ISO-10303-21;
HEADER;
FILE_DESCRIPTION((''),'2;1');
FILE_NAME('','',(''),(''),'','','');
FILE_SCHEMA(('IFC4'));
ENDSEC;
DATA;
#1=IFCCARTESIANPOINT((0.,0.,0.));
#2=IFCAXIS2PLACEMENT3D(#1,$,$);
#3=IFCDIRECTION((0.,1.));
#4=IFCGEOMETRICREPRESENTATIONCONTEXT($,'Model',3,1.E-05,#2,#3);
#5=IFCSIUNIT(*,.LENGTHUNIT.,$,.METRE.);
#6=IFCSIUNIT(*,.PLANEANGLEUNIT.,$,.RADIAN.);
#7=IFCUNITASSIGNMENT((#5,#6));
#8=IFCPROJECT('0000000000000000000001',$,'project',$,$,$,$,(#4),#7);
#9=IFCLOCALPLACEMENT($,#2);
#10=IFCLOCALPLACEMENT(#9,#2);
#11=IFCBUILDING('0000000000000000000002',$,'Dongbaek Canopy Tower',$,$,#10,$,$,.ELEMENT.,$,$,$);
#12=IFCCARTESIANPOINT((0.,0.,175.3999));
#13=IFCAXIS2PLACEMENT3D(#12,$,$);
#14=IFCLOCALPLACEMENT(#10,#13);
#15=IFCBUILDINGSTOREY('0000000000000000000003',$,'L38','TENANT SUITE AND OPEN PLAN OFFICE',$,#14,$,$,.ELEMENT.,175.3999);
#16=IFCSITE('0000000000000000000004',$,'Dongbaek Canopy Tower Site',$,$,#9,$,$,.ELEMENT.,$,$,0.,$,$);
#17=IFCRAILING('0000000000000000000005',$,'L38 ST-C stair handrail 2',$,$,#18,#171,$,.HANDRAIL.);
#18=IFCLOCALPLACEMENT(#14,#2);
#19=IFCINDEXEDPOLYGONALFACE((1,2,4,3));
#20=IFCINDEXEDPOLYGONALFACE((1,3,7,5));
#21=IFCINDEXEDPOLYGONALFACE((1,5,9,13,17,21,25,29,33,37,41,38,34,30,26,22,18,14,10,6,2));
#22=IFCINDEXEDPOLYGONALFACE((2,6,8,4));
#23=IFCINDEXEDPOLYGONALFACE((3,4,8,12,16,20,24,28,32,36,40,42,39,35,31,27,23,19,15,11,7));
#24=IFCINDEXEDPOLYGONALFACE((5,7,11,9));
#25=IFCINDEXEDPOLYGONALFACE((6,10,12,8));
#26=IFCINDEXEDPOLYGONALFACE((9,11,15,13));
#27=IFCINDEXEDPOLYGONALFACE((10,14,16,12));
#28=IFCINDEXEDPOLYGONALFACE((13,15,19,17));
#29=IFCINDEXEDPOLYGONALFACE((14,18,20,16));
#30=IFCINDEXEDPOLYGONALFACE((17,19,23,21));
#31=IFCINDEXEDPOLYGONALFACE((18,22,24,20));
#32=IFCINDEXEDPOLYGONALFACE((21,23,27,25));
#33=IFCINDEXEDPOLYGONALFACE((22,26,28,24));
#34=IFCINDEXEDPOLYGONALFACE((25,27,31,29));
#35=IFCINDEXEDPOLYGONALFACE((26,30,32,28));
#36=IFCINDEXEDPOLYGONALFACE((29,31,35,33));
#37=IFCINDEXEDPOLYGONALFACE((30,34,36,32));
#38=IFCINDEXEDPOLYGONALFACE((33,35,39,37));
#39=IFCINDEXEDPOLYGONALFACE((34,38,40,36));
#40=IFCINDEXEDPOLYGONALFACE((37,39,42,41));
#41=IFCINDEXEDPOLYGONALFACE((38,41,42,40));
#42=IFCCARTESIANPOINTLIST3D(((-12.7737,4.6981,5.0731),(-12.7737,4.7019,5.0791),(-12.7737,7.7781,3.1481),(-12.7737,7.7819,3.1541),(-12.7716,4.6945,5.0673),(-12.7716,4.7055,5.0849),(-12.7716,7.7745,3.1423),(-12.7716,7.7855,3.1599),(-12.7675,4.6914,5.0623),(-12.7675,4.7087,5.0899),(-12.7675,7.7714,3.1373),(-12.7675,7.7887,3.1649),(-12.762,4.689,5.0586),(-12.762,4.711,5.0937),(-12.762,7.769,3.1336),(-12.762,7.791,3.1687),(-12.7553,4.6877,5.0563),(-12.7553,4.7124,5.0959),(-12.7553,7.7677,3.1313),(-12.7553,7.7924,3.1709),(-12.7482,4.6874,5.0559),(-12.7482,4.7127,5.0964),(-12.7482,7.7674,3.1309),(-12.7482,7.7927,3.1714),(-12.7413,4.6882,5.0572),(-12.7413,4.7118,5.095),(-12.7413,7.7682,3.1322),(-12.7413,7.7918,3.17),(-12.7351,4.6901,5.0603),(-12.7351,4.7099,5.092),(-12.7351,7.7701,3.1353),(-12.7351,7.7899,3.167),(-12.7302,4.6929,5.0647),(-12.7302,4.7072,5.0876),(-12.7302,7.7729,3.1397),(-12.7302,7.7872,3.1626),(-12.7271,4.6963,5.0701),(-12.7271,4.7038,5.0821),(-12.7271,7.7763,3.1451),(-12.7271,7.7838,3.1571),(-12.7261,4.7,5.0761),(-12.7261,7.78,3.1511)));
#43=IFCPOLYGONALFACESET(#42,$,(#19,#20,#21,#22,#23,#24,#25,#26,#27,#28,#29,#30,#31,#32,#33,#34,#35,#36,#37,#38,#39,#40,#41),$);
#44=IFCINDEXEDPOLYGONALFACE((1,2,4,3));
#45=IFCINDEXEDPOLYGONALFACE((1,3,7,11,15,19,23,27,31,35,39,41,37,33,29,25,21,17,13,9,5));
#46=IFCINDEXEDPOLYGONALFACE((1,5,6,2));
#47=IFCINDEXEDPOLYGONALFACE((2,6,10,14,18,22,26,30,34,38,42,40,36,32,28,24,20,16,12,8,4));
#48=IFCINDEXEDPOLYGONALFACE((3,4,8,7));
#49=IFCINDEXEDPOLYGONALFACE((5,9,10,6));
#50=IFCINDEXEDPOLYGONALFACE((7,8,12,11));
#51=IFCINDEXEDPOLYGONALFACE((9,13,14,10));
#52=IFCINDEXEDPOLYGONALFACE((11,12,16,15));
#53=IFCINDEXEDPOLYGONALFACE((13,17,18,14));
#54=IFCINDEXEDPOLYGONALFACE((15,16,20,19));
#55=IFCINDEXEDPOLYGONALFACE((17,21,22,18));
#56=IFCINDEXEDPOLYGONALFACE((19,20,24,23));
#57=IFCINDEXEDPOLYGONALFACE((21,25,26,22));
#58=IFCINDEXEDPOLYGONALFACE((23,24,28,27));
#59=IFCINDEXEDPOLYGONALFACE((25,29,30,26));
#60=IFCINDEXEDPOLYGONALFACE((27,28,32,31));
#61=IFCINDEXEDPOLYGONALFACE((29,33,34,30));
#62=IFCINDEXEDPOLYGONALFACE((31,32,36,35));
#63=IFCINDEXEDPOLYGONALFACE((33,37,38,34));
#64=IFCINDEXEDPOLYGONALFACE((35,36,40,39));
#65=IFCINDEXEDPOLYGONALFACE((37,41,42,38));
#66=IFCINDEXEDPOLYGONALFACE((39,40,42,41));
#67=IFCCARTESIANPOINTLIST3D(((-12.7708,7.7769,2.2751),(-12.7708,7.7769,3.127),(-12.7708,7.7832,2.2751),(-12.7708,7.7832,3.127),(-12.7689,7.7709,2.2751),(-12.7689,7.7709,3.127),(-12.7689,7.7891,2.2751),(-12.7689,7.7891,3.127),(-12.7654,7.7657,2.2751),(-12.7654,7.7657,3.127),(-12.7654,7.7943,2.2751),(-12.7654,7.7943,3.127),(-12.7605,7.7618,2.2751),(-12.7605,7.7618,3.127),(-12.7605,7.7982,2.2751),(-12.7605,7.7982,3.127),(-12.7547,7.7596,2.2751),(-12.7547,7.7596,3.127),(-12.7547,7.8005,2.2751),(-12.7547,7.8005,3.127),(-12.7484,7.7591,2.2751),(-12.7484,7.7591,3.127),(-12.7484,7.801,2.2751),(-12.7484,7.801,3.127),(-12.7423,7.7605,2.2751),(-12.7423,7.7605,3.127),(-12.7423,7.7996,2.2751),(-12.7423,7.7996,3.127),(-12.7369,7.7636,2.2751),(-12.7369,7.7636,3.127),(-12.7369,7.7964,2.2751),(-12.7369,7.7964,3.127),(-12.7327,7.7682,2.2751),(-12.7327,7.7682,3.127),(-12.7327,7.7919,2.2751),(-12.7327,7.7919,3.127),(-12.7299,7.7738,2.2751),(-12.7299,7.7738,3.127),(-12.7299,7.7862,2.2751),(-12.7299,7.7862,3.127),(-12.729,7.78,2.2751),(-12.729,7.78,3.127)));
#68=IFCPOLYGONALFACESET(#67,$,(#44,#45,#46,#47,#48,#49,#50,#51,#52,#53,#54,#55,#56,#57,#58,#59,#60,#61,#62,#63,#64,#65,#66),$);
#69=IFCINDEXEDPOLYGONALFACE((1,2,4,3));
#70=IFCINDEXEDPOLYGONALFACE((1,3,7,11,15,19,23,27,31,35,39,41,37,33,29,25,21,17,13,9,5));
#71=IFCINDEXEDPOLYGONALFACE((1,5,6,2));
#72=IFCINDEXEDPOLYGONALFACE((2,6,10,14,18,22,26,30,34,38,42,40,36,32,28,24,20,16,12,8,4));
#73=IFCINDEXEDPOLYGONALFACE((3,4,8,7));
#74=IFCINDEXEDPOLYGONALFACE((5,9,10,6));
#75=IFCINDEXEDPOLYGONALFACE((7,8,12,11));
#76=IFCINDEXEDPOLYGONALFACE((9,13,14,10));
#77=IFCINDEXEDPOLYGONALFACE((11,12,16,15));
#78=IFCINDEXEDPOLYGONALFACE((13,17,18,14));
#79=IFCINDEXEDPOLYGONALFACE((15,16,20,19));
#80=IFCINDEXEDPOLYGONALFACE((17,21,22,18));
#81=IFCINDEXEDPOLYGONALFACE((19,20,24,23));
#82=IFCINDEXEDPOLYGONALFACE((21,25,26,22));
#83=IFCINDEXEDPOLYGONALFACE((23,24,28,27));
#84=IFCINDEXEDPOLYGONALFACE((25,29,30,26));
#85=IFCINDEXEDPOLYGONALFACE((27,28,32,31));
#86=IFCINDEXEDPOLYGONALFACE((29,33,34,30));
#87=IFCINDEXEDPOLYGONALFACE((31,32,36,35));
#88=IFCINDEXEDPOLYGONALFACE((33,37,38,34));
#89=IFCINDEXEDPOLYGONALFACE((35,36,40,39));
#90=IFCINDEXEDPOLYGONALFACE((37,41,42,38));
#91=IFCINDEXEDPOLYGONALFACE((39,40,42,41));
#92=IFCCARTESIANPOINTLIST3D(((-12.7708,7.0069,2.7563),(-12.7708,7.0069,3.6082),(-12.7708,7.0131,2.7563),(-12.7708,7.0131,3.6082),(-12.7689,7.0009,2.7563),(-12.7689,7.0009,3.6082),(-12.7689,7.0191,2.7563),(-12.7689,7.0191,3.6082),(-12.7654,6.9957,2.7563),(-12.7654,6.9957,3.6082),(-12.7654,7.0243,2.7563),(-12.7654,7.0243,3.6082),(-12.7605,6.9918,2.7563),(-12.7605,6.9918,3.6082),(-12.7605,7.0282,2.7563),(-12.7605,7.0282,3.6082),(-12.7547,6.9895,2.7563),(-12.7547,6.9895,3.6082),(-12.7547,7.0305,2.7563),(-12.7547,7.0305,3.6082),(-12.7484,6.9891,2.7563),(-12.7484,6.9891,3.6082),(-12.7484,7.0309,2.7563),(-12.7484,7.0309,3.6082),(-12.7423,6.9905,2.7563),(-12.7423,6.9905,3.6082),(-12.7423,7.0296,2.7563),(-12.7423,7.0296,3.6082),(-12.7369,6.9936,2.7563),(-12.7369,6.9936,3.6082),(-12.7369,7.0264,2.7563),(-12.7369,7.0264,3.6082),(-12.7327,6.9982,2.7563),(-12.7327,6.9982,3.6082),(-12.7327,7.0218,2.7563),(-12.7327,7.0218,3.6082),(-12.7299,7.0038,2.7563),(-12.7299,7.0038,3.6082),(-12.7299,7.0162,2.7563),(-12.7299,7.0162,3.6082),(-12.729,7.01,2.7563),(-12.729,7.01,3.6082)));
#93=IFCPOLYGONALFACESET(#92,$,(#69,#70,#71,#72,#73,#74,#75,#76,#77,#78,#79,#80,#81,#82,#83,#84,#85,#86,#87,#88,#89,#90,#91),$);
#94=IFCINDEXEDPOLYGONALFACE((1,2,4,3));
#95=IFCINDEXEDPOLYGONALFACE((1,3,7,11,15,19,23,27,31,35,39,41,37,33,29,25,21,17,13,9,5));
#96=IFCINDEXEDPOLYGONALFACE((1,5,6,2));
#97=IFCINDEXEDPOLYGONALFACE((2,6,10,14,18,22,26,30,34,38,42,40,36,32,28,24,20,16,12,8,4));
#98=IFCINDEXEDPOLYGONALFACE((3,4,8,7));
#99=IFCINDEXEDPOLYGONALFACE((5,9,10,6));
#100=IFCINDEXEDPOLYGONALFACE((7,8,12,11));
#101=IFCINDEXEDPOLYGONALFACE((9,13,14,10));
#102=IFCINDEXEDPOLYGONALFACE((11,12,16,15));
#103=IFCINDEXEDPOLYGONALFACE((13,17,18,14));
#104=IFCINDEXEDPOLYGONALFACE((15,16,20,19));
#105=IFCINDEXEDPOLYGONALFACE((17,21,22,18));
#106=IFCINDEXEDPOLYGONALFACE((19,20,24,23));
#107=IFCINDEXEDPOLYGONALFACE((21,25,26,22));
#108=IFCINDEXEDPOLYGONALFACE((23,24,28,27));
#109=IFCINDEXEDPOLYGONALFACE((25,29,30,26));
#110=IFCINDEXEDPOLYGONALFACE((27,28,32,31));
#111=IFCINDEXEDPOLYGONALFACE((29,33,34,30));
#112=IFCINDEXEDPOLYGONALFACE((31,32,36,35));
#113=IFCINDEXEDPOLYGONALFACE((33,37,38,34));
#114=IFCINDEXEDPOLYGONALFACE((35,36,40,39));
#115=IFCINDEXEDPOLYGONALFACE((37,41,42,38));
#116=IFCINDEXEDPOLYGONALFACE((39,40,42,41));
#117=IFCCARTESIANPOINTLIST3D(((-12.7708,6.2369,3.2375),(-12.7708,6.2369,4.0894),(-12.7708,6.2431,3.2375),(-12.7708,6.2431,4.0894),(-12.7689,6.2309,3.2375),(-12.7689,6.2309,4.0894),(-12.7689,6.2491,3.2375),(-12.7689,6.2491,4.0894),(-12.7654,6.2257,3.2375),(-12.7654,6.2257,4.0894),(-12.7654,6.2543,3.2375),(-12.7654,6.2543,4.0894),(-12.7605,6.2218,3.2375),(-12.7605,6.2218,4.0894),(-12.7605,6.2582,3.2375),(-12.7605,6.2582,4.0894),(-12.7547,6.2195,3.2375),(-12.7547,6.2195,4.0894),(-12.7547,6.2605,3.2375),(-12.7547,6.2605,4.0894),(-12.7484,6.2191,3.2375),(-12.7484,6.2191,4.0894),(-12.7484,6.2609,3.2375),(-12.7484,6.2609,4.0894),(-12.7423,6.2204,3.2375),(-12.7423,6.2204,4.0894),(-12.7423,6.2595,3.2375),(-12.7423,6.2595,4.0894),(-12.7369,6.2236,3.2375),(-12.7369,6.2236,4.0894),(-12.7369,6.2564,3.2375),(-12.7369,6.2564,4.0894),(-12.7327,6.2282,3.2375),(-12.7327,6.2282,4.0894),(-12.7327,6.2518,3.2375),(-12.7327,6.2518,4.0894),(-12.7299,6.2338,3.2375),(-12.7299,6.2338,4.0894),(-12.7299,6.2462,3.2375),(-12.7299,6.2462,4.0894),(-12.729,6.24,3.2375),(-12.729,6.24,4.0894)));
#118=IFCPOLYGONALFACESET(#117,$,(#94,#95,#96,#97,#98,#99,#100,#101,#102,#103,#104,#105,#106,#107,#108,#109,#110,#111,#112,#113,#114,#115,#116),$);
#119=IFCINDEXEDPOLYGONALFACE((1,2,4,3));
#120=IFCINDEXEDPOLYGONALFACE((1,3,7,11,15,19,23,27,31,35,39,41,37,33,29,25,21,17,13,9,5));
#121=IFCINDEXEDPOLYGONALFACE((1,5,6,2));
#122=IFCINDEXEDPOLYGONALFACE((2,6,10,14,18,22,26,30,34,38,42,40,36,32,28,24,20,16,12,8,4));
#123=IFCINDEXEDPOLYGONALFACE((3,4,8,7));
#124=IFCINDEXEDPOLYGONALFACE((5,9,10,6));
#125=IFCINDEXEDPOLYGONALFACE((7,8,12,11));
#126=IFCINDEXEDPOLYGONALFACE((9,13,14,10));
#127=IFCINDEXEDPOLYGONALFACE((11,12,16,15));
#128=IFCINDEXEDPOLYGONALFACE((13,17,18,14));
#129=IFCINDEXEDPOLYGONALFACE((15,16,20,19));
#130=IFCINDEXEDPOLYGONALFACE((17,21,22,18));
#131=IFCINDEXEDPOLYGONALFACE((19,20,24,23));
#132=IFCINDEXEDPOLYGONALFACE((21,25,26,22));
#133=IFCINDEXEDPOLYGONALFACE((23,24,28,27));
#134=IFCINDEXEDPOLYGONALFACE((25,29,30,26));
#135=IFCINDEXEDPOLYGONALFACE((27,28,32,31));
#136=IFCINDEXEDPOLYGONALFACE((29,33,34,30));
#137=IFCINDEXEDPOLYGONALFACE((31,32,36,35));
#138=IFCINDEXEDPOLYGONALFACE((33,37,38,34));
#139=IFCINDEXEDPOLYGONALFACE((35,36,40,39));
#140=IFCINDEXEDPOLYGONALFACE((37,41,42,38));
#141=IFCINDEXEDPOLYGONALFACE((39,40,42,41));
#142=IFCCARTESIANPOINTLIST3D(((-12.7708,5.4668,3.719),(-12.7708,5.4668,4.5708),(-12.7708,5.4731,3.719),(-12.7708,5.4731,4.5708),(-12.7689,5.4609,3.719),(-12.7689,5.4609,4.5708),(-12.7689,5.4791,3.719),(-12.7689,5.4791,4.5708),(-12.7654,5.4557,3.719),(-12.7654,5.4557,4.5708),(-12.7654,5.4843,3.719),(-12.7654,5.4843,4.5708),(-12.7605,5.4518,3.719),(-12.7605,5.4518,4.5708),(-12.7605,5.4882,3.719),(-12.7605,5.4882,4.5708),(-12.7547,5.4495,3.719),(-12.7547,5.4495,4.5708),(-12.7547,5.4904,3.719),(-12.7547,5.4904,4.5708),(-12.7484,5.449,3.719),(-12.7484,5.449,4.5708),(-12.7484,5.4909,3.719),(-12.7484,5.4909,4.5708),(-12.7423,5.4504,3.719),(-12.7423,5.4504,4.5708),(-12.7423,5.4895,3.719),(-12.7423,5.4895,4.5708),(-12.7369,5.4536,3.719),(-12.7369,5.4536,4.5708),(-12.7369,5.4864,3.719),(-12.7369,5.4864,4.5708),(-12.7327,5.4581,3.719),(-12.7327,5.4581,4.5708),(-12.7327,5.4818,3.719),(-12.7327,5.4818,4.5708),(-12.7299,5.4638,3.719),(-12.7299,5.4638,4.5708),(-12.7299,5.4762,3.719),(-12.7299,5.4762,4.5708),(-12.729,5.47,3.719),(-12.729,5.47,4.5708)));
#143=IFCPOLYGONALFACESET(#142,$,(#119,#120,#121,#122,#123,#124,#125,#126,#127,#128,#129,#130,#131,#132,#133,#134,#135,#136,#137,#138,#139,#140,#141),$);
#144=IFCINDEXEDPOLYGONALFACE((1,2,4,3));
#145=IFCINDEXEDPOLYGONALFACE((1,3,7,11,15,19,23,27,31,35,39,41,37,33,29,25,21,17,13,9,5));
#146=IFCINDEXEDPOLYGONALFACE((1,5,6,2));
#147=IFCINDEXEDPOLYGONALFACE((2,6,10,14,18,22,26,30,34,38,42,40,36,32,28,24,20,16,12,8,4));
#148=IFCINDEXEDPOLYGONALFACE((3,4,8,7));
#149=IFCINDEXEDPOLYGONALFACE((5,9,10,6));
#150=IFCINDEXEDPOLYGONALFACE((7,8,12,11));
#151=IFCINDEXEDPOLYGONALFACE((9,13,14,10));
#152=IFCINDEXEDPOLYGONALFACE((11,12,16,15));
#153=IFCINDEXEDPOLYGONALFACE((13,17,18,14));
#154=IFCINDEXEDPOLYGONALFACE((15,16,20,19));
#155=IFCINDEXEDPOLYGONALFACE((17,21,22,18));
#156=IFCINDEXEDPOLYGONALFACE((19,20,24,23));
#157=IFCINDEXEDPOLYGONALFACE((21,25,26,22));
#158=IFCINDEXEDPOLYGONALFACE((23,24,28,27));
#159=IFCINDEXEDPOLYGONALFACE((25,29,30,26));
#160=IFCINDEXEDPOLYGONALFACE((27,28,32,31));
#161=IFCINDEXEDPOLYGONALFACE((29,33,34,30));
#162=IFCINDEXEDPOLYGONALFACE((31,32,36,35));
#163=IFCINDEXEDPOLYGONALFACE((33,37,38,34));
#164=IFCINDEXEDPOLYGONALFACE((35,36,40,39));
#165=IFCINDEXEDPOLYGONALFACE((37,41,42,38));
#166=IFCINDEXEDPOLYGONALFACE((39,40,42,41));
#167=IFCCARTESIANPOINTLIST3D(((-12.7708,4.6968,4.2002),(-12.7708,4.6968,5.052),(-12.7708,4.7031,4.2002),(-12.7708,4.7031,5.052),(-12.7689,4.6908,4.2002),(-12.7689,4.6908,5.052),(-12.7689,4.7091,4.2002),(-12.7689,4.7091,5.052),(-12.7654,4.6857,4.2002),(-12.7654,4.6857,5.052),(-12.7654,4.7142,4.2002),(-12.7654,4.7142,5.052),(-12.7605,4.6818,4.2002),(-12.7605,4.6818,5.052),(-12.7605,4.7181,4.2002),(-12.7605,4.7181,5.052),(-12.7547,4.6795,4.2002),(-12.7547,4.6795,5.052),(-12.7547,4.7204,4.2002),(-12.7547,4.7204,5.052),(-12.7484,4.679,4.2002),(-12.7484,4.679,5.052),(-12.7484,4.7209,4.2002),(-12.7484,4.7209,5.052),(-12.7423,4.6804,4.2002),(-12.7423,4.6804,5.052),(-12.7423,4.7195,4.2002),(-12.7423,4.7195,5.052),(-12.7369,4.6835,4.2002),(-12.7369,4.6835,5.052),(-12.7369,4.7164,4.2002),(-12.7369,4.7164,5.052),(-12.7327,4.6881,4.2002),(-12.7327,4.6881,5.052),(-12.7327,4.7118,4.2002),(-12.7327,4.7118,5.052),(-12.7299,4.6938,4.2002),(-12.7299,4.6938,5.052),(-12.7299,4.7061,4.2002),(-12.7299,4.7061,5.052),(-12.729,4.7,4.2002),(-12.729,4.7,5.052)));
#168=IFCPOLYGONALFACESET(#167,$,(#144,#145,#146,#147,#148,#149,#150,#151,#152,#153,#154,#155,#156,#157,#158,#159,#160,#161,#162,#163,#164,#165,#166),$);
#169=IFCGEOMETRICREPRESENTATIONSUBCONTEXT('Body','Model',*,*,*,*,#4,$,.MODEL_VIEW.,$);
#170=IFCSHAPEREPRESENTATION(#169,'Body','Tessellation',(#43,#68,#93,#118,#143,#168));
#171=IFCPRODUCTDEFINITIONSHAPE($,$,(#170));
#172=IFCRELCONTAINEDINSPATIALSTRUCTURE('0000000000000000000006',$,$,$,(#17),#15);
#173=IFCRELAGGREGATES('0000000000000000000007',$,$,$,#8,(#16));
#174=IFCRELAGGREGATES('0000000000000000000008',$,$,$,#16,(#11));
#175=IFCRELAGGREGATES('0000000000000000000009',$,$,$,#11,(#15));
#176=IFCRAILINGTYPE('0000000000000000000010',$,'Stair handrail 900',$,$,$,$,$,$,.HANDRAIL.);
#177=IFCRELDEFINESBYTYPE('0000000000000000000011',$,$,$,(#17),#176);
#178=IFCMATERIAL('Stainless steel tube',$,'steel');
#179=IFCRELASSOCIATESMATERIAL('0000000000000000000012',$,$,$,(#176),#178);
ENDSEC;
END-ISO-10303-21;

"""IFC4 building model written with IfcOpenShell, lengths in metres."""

from ifc_helpers import new_model, si_unit, direction, frame, origin, origin_2d, place, context, subcontext, project, spatial, circle, extrude, material, type_object, element, save


model = new_model("IFC4")

# Units and contexts
model_context = context("Model", 3, precision=1e-05, world=origin(), true_north=direction((0.0, 1.0)))
body_context = subcontext(model_context, "Body", "Model", "MODEL_VIEW")
ifc_project = project(units=[si_unit("LENGTHUNIT", "METRE"), si_unit("PLANEANGLEUNIT", "RADIAN")], contexts=[model_context])

# Site, building, storey
site_placement = place(None, origin())
site = spatial("IfcSite", under=ifc_project, at=site_placement, Name="Dongbaek Canopy Tower Site", CompositionType="ELEMENT", RefElevation=0.0)
building_placement = place(site_placement, origin())
building = spatial("IfcBuilding", under=site, at=building_placement, Name="Dongbaek Canopy Tower", CompositionType="ELEMENT")
storey_placement = place(building_placement, frame((0.0, 0.0, 175.3999)))
storey = spatial("IfcBuildingStorey", under=building, at=storey_placement, Name="L38", Description="TENANT SUITE AND OPEN PLAN OFFICE", CompositionType="ELEMENT", Elevation=175.3999)

# Railing
ifc_material_1 = material(Name="Stainless steel tube", Category="steel")
railing_type_1 = type_object("IfcRailingType", Name="Stair handrail 900", PredefinedType="HANDRAIL", material=ifc_material_1)
railing_1_placement = place(storey_placement, frame((-12.75, 7.78, 2.2751)))
element("IfcRailing", 1, at=railing_1_placement, inside=storey, type_object=railing_type_1, Name="L38 ST-C stair handrail 2", PredefinedType="HANDRAIL", context=body_context, shape_type="SweptSolid", body=[
    extrude(circle(Radius=0.0239, at=origin_2d()), frame((0.0, 0.0, 0.876), z_axis=(0.0, -0.847998, 0.529999), x_axis=(1.0, 0.0, 0.0)), (0.0, 0.0, 1.0), 3.6321),
    extrude(circle(Radius=0.021, at=origin_2d()), origin(), (0.0, 0.0, 1.0), 0.8518),
    extrude(circle(Radius=0.021, at=origin_2d()), frame((0.0, -0.77, 0.4812)), (0.0, 0.0, 1.0), 0.8518),
    extrude(circle(Radius=0.021, at=origin_2d()), frame((0.0, -1.54, 0.9624)), (0.0, 0.0, 1.0), 0.8518),
    extrude(circle(Radius=0.021, at=origin_2d()), frame((0.0, -2.3101, 1.4438)), (0.0, 0.0, 1.0), 0.8518),
    extrude(circle(Radius=0.021, at=origin_2d()), frame((0.0, -3.0801, 1.925)), (0.0, 0.0, 1.0), 0.8518),
])

save(model, "model.ifc")
